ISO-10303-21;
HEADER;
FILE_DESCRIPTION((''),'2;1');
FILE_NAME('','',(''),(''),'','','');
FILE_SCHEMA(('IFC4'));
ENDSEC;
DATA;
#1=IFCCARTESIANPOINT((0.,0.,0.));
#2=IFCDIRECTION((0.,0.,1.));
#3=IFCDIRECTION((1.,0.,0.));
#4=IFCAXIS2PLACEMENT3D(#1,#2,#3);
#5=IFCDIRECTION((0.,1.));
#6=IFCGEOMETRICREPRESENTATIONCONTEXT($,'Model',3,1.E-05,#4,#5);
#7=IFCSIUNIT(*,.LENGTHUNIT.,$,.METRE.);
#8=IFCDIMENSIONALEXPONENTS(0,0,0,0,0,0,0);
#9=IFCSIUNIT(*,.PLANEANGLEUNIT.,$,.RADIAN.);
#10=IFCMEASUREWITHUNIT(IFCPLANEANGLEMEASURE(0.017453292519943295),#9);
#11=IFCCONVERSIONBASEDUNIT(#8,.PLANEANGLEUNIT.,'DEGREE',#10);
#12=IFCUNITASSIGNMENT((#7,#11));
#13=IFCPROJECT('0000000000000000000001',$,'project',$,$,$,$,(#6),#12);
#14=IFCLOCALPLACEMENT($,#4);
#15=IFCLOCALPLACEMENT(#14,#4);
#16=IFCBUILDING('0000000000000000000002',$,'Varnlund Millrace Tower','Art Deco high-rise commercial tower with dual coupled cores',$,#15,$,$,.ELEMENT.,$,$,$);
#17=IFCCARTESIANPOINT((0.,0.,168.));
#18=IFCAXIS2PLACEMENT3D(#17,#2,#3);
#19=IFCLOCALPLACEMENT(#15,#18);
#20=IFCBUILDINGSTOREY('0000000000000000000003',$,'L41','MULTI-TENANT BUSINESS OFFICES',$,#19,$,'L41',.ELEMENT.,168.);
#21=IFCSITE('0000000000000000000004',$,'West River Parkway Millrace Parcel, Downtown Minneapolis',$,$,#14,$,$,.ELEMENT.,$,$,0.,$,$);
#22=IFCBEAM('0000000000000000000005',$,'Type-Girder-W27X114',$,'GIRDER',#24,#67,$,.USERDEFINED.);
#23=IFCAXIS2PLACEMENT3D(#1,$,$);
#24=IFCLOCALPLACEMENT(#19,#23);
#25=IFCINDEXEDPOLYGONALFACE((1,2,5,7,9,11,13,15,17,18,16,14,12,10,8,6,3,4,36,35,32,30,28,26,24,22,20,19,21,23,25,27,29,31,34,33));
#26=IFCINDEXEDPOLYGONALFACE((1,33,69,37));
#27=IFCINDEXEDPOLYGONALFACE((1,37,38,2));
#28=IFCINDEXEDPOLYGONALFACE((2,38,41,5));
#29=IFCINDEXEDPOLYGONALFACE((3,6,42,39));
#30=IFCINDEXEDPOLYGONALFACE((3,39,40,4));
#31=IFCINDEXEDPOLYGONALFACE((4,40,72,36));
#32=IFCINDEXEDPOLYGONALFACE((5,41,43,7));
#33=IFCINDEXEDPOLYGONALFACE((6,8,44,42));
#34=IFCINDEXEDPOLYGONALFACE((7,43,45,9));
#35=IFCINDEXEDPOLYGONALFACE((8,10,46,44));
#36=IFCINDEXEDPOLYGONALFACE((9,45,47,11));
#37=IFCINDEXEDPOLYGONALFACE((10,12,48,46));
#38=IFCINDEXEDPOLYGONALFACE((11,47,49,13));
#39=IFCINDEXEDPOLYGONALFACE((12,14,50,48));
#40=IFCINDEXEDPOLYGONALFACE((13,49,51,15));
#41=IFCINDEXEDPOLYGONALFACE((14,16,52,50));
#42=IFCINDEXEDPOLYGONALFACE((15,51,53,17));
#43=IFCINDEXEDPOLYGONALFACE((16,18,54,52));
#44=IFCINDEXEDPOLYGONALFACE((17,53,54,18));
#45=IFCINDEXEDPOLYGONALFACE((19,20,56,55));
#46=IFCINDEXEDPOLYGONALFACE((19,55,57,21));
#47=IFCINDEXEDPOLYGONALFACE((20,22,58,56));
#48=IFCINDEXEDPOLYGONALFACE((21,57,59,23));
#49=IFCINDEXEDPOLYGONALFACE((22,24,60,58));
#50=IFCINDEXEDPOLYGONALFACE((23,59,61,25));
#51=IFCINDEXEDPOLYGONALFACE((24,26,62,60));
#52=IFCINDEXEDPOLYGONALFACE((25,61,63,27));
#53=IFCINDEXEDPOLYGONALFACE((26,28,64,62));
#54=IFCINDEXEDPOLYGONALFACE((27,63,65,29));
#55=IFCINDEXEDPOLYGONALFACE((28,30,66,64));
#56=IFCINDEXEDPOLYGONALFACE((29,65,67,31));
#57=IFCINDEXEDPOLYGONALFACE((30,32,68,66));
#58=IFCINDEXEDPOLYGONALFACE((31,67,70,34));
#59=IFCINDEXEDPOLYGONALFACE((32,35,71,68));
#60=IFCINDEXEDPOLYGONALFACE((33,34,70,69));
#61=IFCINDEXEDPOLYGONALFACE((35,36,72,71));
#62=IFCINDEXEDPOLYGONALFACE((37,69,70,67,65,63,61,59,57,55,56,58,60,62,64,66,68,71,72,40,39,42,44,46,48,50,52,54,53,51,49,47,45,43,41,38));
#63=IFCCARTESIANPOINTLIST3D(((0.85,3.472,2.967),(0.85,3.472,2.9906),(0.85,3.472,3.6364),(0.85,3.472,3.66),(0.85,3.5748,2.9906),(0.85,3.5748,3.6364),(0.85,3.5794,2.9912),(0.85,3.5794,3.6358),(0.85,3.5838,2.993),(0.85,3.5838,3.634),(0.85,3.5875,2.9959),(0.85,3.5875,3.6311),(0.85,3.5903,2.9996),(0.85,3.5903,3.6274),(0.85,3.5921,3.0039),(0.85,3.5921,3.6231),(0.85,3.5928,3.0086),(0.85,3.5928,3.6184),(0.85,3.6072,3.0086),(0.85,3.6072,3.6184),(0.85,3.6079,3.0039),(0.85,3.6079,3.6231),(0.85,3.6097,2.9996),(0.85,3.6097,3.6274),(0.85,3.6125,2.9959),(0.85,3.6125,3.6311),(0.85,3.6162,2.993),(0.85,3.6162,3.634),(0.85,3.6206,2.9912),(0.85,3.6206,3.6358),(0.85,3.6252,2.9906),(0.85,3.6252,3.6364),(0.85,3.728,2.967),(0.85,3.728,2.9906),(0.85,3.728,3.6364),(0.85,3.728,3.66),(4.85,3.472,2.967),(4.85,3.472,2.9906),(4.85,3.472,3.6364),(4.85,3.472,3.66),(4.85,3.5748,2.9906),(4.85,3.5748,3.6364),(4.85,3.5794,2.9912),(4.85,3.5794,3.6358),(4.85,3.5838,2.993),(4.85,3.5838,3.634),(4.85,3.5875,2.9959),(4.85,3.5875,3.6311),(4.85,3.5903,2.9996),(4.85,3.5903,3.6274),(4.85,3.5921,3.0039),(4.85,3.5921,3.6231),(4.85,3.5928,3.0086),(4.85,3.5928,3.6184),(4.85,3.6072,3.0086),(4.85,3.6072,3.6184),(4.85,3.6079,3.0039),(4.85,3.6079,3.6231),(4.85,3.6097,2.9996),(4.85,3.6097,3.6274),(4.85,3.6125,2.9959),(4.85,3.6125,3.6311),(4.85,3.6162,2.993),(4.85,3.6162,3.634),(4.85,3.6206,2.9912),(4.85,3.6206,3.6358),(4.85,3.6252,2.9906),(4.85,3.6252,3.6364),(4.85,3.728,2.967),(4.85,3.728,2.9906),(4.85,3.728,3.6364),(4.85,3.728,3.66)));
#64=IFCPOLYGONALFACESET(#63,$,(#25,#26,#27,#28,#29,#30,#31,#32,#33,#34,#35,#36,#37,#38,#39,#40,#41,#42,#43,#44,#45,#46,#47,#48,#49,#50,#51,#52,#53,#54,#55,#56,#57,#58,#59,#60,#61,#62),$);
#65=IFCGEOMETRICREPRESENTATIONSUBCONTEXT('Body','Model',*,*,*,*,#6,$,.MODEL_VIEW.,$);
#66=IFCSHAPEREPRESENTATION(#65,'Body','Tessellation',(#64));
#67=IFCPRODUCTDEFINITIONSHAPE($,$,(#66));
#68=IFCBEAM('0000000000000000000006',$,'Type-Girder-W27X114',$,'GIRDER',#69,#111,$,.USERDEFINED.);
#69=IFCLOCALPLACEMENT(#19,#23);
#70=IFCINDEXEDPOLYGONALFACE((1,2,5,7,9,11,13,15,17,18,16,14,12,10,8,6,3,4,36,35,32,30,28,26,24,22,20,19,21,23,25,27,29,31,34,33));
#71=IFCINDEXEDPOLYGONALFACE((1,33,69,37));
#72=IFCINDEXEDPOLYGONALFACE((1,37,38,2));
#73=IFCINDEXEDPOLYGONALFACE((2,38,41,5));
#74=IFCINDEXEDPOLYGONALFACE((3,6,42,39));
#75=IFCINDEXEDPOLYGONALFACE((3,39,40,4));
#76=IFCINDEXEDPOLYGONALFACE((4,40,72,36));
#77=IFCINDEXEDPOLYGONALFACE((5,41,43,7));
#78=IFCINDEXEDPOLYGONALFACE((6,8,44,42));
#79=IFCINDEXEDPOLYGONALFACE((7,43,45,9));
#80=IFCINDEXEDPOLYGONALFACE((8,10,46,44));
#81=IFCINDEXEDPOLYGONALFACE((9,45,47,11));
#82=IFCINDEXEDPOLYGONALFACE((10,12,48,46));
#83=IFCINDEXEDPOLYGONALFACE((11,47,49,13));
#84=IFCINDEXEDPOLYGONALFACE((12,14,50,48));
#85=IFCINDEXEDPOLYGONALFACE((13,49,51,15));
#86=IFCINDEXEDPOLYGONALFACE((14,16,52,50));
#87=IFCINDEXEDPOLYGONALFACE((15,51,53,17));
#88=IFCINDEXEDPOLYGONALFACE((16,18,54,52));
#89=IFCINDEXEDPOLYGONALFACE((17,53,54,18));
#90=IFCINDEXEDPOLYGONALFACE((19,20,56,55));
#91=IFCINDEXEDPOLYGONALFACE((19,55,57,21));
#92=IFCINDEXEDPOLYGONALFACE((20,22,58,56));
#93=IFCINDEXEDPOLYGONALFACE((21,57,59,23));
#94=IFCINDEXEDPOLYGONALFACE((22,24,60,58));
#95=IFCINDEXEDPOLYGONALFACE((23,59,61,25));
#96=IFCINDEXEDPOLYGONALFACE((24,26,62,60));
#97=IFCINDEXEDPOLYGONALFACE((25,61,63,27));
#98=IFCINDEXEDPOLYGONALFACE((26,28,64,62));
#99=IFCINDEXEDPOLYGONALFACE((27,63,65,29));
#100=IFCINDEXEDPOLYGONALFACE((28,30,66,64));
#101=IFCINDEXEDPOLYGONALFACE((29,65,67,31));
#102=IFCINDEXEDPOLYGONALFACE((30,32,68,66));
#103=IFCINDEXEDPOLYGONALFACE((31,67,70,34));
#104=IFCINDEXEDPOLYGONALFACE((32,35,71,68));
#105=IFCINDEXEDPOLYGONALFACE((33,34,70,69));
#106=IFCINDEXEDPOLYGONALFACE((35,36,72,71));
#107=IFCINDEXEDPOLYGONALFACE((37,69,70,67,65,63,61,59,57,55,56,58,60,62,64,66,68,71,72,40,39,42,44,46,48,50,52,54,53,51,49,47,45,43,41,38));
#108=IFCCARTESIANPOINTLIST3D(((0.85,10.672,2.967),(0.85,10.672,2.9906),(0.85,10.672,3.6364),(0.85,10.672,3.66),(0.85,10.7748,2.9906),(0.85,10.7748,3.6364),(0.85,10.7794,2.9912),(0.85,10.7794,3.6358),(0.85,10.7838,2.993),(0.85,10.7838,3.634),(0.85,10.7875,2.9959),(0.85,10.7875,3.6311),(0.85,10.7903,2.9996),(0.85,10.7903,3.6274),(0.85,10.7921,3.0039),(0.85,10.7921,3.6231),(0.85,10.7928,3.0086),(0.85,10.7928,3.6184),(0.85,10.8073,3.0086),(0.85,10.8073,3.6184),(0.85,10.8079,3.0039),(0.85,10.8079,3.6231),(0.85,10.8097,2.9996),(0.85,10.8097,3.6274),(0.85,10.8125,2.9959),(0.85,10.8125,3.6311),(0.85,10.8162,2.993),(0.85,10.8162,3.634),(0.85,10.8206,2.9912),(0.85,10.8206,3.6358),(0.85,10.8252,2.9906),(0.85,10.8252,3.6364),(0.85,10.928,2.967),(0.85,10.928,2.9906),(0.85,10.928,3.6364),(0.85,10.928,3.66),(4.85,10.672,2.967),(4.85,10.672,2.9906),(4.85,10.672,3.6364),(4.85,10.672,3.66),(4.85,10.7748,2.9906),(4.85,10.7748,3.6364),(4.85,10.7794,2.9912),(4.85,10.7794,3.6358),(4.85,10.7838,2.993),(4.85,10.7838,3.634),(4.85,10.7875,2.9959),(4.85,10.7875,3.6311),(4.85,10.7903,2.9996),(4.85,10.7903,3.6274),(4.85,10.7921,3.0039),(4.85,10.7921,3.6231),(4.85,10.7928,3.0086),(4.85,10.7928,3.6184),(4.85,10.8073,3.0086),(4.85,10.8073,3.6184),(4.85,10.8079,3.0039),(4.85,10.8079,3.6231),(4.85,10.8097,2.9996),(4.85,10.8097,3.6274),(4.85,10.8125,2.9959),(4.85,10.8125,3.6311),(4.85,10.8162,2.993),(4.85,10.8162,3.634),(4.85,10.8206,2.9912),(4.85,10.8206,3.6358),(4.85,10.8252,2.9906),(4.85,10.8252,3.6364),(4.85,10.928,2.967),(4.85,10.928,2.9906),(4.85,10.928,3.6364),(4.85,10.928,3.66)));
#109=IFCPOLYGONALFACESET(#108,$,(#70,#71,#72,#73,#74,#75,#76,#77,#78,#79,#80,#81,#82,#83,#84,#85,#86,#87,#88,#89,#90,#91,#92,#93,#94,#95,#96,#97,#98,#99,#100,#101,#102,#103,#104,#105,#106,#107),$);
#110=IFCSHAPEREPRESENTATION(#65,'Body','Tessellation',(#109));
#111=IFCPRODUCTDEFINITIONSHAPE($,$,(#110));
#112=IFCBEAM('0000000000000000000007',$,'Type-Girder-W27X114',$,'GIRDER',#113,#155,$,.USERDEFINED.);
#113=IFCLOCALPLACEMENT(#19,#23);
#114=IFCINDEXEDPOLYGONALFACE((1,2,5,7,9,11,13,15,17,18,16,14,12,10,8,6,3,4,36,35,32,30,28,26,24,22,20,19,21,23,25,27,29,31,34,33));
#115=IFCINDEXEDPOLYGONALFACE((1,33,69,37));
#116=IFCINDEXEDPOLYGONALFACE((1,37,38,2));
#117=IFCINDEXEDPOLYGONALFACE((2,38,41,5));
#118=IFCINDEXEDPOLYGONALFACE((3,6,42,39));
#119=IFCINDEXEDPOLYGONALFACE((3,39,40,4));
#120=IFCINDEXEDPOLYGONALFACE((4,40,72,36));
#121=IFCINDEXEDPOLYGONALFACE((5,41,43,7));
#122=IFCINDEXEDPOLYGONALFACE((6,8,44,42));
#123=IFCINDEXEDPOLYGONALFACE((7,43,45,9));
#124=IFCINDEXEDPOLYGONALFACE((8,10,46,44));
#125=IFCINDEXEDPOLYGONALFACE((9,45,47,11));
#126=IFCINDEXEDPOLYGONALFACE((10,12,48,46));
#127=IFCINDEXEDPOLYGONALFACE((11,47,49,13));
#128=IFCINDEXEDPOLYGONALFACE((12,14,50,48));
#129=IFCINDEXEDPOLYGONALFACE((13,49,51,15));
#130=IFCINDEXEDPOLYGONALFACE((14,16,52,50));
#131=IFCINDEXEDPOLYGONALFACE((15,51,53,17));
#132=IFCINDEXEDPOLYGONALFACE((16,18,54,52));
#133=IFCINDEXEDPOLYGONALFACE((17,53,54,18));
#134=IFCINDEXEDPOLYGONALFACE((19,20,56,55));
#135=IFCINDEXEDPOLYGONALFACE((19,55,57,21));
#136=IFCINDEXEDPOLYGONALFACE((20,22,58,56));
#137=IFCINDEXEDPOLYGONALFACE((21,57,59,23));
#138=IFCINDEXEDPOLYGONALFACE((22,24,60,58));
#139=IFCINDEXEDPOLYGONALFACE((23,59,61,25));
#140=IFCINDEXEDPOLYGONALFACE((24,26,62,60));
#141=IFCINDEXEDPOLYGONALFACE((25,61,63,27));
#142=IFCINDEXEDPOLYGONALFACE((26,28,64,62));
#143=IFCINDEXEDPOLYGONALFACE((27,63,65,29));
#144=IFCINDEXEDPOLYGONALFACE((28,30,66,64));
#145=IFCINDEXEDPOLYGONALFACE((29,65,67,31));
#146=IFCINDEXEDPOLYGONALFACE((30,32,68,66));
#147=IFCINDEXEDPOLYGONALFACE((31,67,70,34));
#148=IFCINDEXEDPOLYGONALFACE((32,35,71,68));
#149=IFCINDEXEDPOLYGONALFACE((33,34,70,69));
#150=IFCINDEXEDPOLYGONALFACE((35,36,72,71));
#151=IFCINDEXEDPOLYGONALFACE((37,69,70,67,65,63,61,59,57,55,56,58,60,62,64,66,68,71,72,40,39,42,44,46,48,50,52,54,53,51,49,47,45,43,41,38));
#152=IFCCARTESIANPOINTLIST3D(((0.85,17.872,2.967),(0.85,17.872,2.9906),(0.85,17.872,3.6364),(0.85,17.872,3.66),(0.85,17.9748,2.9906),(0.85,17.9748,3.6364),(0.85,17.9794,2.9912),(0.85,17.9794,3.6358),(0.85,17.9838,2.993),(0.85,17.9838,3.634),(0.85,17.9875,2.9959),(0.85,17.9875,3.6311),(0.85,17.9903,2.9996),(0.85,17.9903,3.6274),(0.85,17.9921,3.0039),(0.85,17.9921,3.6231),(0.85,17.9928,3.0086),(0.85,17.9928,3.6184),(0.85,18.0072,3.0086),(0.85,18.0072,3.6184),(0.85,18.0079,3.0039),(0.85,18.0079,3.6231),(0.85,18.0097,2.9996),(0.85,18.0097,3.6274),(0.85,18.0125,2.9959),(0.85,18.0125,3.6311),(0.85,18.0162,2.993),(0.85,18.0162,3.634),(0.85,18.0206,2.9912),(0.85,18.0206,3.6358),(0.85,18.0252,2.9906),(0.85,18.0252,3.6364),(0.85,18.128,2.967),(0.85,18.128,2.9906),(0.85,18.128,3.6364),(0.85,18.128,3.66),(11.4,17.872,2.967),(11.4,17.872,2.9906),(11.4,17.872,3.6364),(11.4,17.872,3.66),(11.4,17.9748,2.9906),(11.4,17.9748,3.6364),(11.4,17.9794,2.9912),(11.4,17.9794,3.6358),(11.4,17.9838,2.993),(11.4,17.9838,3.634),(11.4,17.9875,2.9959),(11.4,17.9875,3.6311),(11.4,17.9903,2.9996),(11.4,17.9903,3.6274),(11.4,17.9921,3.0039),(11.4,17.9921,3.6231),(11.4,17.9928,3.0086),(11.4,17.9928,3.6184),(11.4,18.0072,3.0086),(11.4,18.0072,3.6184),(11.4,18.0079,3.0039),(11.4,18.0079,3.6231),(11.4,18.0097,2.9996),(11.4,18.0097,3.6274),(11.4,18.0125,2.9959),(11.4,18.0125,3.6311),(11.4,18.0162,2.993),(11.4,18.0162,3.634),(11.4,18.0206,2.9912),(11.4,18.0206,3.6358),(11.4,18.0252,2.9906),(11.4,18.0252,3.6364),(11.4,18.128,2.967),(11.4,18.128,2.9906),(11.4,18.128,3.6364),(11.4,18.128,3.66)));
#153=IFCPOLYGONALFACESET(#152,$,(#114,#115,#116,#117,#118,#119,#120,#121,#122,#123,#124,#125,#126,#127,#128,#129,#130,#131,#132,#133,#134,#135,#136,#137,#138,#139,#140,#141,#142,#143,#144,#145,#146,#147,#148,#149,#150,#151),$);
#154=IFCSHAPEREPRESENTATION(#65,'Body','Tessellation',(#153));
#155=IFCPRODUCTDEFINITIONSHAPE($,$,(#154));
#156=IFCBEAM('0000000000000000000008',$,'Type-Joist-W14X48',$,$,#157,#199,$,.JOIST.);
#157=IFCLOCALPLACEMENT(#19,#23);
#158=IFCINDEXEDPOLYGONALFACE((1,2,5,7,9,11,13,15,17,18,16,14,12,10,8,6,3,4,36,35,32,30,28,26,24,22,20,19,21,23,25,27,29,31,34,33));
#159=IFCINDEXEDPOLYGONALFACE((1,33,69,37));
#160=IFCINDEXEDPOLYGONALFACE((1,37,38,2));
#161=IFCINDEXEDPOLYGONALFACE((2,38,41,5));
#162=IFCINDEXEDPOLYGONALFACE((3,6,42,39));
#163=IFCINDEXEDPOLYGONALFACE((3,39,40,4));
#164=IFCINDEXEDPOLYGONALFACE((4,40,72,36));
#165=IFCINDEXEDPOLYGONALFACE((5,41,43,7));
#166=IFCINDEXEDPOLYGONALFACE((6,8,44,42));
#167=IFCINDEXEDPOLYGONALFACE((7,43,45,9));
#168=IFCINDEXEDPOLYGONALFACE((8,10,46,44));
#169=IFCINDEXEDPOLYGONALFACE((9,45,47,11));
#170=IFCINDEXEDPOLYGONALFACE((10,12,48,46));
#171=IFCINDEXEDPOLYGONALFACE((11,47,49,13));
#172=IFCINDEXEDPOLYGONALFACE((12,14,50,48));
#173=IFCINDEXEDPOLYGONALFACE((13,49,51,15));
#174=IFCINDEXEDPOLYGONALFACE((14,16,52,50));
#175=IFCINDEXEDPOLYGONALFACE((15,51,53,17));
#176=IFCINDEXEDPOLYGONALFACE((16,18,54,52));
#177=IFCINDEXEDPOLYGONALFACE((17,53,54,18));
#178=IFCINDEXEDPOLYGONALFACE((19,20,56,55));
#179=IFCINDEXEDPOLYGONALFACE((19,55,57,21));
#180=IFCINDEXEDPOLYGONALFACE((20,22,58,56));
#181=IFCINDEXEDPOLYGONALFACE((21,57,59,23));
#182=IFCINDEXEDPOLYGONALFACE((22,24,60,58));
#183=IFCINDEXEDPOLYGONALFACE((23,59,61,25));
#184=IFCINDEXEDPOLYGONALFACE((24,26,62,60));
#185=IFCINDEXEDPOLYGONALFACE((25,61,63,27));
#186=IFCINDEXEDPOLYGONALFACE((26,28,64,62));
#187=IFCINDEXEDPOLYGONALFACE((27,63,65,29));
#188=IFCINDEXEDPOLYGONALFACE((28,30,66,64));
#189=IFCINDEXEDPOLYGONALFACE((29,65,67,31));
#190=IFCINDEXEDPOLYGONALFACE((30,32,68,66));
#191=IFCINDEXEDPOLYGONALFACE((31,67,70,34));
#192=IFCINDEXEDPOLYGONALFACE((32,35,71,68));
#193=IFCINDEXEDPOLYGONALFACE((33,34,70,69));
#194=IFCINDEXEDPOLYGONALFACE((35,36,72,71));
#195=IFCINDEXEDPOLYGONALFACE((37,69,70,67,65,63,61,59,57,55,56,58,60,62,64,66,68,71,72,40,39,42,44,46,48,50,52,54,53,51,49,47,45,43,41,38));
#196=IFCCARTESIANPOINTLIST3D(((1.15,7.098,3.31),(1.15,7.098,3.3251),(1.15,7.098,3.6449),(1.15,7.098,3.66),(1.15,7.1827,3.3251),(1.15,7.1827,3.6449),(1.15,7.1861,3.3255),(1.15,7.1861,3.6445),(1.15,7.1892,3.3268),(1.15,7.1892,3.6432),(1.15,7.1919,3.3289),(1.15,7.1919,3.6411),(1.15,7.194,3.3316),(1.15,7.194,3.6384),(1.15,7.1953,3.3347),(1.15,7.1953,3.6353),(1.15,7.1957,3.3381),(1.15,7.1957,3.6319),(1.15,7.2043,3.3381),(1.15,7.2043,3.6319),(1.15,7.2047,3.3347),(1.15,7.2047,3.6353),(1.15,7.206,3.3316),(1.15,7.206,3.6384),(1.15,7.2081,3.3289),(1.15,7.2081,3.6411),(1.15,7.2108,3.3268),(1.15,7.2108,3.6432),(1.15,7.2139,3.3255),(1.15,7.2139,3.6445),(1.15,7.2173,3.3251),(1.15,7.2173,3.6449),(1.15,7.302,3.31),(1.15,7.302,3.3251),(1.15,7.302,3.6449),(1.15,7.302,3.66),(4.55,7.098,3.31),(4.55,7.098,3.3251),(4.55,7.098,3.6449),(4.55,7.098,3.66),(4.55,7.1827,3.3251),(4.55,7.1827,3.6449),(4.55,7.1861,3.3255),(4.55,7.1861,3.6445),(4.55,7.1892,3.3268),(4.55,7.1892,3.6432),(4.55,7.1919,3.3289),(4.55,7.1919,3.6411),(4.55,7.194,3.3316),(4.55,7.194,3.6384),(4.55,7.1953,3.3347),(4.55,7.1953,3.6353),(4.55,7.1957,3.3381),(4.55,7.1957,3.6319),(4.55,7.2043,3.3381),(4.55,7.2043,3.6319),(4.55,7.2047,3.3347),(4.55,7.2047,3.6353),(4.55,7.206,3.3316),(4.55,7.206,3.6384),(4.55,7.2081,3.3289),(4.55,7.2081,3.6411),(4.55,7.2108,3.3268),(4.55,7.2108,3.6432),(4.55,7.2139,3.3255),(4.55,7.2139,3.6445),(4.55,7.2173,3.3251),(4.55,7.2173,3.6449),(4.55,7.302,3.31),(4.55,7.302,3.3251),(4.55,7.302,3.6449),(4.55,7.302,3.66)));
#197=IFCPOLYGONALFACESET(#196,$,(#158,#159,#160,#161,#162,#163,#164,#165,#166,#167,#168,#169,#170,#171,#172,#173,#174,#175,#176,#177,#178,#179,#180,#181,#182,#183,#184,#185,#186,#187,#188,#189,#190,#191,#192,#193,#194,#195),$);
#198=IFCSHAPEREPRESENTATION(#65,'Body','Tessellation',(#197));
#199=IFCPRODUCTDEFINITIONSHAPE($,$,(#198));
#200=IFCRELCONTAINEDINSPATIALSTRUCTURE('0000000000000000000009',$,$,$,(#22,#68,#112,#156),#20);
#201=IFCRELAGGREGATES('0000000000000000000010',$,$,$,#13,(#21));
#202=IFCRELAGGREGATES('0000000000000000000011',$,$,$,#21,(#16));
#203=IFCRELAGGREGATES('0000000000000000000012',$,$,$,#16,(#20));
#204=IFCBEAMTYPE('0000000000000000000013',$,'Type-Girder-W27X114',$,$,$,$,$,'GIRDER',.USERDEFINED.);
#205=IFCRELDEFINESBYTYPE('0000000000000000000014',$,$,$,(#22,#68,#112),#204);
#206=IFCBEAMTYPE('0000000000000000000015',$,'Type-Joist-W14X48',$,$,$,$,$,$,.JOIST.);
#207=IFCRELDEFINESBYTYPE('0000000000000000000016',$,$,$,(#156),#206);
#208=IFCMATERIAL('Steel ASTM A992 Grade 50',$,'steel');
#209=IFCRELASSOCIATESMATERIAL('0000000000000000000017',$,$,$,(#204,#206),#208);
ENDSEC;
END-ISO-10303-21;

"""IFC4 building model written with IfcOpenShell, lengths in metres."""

from ifc_helpers import new_model, entity, si_unit, converted_unit, direction, frame, origin_with_axes, origin_2d_with_axis, place, context, subcontext, project, spatial, i_section, extrude, material, material_profile, profile_set, type_object, element, save


model = new_model("IFC4")

# Units and contexts
model_context = context("Model", 3, precision=1e-05, world=origin_with_axes(), true_north=direction((0.0, 1.0)))
body_context = subcontext(model_context, "Body", "Model", "MODEL_VIEW")
ifc_project = project(units=[si_unit("LENGTHUNIT", "METRE"), converted_unit("PLANEANGLEUNIT", "DEGREE", entity("IfcPlaneAngleMeasure", 0.017453292519943295), si_unit("PLANEANGLEUNIT", "RADIAN"), dimensions=[0, 0, 0, 0, 0, 0, 0])], contexts=[model_context])

# Site, building, storey
site_placement = place(None, origin_with_axes())
site = spatial("IfcSite", under=ifc_project, at=site_placement, Name="West River Parkway Millrace Parcel, Downtown Minneapolis", CompositionType="ELEMENT", RefElevation=0.0)
building_placement = place(site_placement, origin_with_axes())
building = spatial("IfcBuilding", under=site, at=building_placement, Name="Varnlund Millrace Tower", Description="Art Deco high-rise commercial tower with dual coupled cores", CompositionType="ELEMENT")
storey_placement = place(building_placement, frame((0.0, 0.0, 168.0), z_axis=(0.0, 0.0, 1.0), x_axis=(1.0, 0.0, 0.0)))
storey = spatial("IfcBuildingStorey", under=building, at=storey_placement, Name="L41", Description="MULTI-TENANT BUSINESS OFFICES", LongName="L41", CompositionType="ELEMENT", Elevation=168.0)

# Beams
ifc_material_1 = material(Name="Steel ASTM A992 Grade 50", Category="steel")
ifc_material_profile_1 = material_profile(ifc_material_1, i_section(OverallWidth=0.256, OverallDepth=0.693, WebThickness=0.0145, FlangeThickness=0.0236, FilletRadius=0.018, at=origin_2d_with_axis()), Name="Steel ASTM A992 Grade 50")
ifc_profile_set_1 = profile_set([ifc_material_profile_1], Name="Steel ASTM A992 Grade 50")
beam_type_1 = type_object("IfcBeamType", Name="Type-Girder-W27X114", ElementType="GIRDER", PredefinedType="USERDEFINED", material=ifc_profile_set_1)
for number, where, z_axis, x_axis, name in (
    (1, (0.85, 3.6, 3.3135), (1.0, 0.0, 0.0), (0.0, 1.0, 0.0), "Type-Girder-W27X114"),
    (2, (0.85, 10.8, 3.3135), (1.0, 0.0, 0.0), (0.0, 1.0, 0.0), "Type-Girder-W27X114"),
):
    element("IfcBeam", number, at=place(storey_placement, frame(where, z_axis=z_axis, x_axis=x_axis)), inside=storey, type_object=beam_type_1, Name=name, ObjectType="GIRDER", PredefinedType="USERDEFINED", context=body_context, shape_type="SweptSolid", body=[
        extrude(i_section(OverallWidth=0.256, OverallDepth=0.693, WebThickness=0.0145, FlangeThickness=0.0236, FilletRadius=0.018, at=origin_2d_with_axis()), origin_with_axes(), (0.0, 0.0, 1.0), 4.0),
    ])
beam_1_placement = place(storey_placement, frame((0.85, 18.0, 3.3135), z_axis=(1.0, 0.0, 0.0), x_axis=(0.0, 1.0, 0.0)))
element("IfcBeam", 3, at=beam_1_placement, inside=storey, type_object=beam_type_1, Name="Type-Girder-W27X114", ObjectType="GIRDER", PredefinedType="USERDEFINED", context=body_context, shape_type="SweptSolid", body=[
    extrude(i_section(OverallWidth=0.256, OverallDepth=0.693, WebThickness=0.0145, FlangeThickness=0.0236, FilletRadius=0.018, at=origin_2d_with_axis()), origin_with_axes(), (0.0, 0.0, 1.0), 10.55),
])
ifc_material_profile_2 = material_profile(ifc_material_1, i_section(OverallWidth=0.204, OverallDepth=0.35, WebThickness=0.0086, FlangeThickness=0.0151, FilletRadius=0.013, at=origin_2d_with_axis()), Name="Steel ASTM A992 Grade 50")
ifc_profile_set_2 = profile_set([ifc_material_profile_2], Name="Steel ASTM A992 Grade 50")
beam_type_2 = type_object("IfcBeamType", Name="Type-Joist-W14X48", PredefinedType="JOIST", material=ifc_profile_set_2)
for number, where, z_axis, x_axis, name in (
    (4, (1.15, 7.2, 3.485), (1.0, 0.0, 0.0), (0.0, 1.0, 0.0), "Type-Joist-W14X48"),
):
    element("IfcBeam", number, at=place(storey_placement, frame(where, z_axis=z_axis, x_axis=x_axis)), inside=storey, type_object=beam_type_2, Name=name, PredefinedType="JOIST", context=body_context, shape_type="SweptSolid", body=[
        extrude(i_section(OverallWidth=0.204, OverallDepth=0.35, WebThickness=0.0086, FlangeThickness=0.0151, FilletRadius=0.013, at=origin_2d_with_axis()), origin_with_axes(), (0.0, 0.0, 1.0), 3.4),
    ])

save(model, "model.ifc")
